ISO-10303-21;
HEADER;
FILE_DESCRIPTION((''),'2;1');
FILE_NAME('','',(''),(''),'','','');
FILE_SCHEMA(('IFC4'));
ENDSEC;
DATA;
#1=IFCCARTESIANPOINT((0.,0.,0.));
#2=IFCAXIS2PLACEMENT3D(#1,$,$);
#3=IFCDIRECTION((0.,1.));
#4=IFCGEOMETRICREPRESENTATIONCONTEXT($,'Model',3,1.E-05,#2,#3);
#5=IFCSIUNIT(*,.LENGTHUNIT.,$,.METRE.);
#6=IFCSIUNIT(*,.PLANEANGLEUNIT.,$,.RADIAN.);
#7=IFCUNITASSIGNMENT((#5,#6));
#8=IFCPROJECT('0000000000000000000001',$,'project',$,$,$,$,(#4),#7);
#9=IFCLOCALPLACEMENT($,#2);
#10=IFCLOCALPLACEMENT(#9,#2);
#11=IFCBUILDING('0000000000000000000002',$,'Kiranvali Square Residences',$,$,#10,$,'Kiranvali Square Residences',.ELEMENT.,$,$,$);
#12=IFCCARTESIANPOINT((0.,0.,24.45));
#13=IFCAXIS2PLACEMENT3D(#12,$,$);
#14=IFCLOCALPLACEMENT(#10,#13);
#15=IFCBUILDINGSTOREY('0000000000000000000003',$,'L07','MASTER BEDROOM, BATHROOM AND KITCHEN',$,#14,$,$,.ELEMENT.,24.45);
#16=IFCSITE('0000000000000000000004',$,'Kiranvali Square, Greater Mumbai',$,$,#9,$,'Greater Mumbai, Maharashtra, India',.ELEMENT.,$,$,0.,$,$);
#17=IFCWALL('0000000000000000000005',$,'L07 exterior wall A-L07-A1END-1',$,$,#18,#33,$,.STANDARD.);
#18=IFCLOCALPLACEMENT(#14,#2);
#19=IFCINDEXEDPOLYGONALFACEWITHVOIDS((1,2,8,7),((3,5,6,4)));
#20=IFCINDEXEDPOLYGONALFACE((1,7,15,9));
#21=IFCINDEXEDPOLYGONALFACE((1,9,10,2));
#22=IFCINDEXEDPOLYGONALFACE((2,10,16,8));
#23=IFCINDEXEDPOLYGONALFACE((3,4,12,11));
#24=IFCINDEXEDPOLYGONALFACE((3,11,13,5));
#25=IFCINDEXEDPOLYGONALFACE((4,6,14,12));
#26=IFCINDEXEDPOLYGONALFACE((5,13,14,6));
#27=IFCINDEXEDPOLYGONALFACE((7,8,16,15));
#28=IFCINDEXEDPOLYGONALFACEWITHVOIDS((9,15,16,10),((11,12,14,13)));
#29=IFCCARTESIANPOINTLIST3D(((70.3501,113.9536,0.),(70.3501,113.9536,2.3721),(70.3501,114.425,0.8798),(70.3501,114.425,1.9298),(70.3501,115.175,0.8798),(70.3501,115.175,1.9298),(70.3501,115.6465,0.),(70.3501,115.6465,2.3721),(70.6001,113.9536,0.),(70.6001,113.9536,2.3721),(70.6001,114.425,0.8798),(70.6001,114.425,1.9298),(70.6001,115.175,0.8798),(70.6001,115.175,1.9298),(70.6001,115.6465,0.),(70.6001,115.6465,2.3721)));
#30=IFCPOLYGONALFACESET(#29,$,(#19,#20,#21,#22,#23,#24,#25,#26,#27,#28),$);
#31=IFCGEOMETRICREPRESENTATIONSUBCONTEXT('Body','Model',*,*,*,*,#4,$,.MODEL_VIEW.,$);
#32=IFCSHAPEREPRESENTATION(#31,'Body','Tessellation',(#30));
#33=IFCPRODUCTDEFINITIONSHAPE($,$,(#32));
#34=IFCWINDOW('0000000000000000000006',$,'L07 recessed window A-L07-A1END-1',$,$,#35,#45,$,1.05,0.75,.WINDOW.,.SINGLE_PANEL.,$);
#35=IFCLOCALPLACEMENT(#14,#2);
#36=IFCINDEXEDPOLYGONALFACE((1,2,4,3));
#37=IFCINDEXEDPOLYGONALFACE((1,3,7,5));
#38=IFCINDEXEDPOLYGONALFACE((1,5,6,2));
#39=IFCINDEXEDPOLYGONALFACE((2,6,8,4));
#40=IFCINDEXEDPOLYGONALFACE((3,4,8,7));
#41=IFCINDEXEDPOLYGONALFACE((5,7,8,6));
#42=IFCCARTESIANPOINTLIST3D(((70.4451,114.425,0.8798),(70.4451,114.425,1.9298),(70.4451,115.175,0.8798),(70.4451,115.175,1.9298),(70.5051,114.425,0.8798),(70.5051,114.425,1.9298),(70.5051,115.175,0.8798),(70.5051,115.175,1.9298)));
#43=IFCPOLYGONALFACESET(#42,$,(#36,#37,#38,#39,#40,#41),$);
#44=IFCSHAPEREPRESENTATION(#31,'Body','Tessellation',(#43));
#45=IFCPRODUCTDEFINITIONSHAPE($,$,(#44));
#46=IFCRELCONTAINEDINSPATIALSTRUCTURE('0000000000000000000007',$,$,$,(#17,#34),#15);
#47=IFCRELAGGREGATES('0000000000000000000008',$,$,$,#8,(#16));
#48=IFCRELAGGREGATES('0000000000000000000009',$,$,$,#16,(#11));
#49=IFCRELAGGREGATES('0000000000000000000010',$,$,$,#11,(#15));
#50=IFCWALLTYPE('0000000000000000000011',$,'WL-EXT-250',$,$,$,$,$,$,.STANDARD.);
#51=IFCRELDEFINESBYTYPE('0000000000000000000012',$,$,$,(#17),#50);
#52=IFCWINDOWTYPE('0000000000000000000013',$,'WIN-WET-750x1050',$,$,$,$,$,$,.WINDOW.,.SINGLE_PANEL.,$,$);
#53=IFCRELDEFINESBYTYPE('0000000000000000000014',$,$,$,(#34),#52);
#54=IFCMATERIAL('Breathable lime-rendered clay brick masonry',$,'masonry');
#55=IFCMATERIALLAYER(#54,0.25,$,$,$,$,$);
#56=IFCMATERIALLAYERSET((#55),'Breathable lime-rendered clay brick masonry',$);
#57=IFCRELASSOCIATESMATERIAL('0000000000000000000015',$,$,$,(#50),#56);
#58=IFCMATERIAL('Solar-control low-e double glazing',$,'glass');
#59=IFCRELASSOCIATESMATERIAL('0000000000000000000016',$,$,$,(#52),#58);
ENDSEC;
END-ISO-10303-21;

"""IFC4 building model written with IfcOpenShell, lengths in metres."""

from ifc_helpers import new_model, si_unit, direction, frame, frame_2d, origin, place, context, subcontext, project, spatial, rectangle, extrude, material, layer, layer_set, type_object, element, fill, save


model = new_model("IFC4")

# Units and contexts
model_context = context("Model", 3, precision=1e-05, world=origin(), true_north=direction((0.0, 1.0)))
body_context = subcontext(model_context, "Body", "Model", "MODEL_VIEW")
ifc_project = project(units=[si_unit("LENGTHUNIT", "METRE"), si_unit("PLANEANGLEUNIT", "RADIAN")], contexts=[model_context])

# Site, building, storey
site_placement = place(None, origin())
site = spatial("IfcSite", under=ifc_project, at=site_placement, Name="Kiranvali Square, Greater Mumbai", LongName="Greater Mumbai, Maharashtra, India", CompositionType="ELEMENT", RefElevation=0.0)
building_placement = place(site_placement, origin())
building = spatial("IfcBuilding", under=site, at=building_placement, Name="Kiranvali Square Residences", LongName="Kiranvali Square Residences", CompositionType="ELEMENT")
storey_placement = place(building_placement, frame((0.0, 0.0, 24.45)))
storey = spatial("IfcBuildingStorey", under=building, at=storey_placement, Name="L07", Description="MASTER BEDROOM, BATHROOM AND KITCHEN", CompositionType="ELEMENT", Elevation=24.45)

# Wall, opening, window
ifc_material_1 = material(Name="Breathable lime-rendered clay brick masonry", Category="masonry")
ifc_layer_1 = layer(ifc_material_1, 0.25)
ifc_layer_set_1 = layer_set([ifc_layer_1], Name="Breathable lime-rendered clay brick masonry")
wall_type_1 = type_object("IfcWallType", Name="WL-EXT-250", PredefinedType="STANDARD", material=ifc_layer_set_1)
wall_1_placement = place(storey_placement, frame((70.4751, 113.9536, 0.0), z_axis=(0.0, 0.0, 1.0), x_axis=(0.0, 1.0, 0.0)))
wall_1 = element("IfcWall", 1, at=wall_1_placement, inside=storey, type_object=wall_type_1, Name="L07 exterior wall A-L07-A1END-1", PredefinedType="STANDARD", context=body_context, shape_type="SweptSolid", body=[
    extrude(rectangle(XDim=1.6929, YDim=0.25, at=frame_2d((0.8464, 0.0))), origin(), (0.0, 0.0, 1.0), 2.3721),
])
opening_1_placement = place(wall_1_placement, frame((0.4714, 0.0, 0.8799)))
opening_1 = element("IfcOpeningElement", 2, at=opening_1_placement, cuts=wall_1, PredefinedType="OPENING", context=body_context, shape_type="SweptSolid", body=[
    extrude(rectangle(XDim=0.75, YDim=1.05, at=frame_2d((0.375, 0.5249))), frame((0.0, 0.135, 0.0), z_axis=(0.0, -1.0, 0.0), x_axis=(1.0, 0.0, 0.0)), (0.0, 0.0, 1.0), 0.27),
])
ifc_material_2 = material(Name="Solar-control low-e double glazing", Category="glass")
window_type = type_object("IfcWindowType", Name="WIN-WET-750x1050", PartitioningType="SINGLE_PANEL", PredefinedType="WINDOW", material=ifc_material_2)
window_placement = place(opening_1_placement, origin())
window = element("IfcWindow", 3, at=window_placement, inside=storey, type_object=window_type, Name="L07 recessed window A-L07-A1END-1", OverallHeight=1.05, OverallWidth=0.75, PartitioningType="SINGLE_PANEL", PredefinedType="WINDOW", context=body_context, shape_type="SweptSolid", body=[
    extrude(rectangle(XDim=0.75, YDim=1.05, at=frame_2d((0.375, 0.5249))), frame((0.0, 0.03, 0.0), z_axis=(0.0, -1.0, 0.0), x_axis=(1.0, 0.0, 0.0)), (0.0, 0.0, 1.0), 0.0601),
])
fill(opening_1, window)

save(model, "model.ifc")
